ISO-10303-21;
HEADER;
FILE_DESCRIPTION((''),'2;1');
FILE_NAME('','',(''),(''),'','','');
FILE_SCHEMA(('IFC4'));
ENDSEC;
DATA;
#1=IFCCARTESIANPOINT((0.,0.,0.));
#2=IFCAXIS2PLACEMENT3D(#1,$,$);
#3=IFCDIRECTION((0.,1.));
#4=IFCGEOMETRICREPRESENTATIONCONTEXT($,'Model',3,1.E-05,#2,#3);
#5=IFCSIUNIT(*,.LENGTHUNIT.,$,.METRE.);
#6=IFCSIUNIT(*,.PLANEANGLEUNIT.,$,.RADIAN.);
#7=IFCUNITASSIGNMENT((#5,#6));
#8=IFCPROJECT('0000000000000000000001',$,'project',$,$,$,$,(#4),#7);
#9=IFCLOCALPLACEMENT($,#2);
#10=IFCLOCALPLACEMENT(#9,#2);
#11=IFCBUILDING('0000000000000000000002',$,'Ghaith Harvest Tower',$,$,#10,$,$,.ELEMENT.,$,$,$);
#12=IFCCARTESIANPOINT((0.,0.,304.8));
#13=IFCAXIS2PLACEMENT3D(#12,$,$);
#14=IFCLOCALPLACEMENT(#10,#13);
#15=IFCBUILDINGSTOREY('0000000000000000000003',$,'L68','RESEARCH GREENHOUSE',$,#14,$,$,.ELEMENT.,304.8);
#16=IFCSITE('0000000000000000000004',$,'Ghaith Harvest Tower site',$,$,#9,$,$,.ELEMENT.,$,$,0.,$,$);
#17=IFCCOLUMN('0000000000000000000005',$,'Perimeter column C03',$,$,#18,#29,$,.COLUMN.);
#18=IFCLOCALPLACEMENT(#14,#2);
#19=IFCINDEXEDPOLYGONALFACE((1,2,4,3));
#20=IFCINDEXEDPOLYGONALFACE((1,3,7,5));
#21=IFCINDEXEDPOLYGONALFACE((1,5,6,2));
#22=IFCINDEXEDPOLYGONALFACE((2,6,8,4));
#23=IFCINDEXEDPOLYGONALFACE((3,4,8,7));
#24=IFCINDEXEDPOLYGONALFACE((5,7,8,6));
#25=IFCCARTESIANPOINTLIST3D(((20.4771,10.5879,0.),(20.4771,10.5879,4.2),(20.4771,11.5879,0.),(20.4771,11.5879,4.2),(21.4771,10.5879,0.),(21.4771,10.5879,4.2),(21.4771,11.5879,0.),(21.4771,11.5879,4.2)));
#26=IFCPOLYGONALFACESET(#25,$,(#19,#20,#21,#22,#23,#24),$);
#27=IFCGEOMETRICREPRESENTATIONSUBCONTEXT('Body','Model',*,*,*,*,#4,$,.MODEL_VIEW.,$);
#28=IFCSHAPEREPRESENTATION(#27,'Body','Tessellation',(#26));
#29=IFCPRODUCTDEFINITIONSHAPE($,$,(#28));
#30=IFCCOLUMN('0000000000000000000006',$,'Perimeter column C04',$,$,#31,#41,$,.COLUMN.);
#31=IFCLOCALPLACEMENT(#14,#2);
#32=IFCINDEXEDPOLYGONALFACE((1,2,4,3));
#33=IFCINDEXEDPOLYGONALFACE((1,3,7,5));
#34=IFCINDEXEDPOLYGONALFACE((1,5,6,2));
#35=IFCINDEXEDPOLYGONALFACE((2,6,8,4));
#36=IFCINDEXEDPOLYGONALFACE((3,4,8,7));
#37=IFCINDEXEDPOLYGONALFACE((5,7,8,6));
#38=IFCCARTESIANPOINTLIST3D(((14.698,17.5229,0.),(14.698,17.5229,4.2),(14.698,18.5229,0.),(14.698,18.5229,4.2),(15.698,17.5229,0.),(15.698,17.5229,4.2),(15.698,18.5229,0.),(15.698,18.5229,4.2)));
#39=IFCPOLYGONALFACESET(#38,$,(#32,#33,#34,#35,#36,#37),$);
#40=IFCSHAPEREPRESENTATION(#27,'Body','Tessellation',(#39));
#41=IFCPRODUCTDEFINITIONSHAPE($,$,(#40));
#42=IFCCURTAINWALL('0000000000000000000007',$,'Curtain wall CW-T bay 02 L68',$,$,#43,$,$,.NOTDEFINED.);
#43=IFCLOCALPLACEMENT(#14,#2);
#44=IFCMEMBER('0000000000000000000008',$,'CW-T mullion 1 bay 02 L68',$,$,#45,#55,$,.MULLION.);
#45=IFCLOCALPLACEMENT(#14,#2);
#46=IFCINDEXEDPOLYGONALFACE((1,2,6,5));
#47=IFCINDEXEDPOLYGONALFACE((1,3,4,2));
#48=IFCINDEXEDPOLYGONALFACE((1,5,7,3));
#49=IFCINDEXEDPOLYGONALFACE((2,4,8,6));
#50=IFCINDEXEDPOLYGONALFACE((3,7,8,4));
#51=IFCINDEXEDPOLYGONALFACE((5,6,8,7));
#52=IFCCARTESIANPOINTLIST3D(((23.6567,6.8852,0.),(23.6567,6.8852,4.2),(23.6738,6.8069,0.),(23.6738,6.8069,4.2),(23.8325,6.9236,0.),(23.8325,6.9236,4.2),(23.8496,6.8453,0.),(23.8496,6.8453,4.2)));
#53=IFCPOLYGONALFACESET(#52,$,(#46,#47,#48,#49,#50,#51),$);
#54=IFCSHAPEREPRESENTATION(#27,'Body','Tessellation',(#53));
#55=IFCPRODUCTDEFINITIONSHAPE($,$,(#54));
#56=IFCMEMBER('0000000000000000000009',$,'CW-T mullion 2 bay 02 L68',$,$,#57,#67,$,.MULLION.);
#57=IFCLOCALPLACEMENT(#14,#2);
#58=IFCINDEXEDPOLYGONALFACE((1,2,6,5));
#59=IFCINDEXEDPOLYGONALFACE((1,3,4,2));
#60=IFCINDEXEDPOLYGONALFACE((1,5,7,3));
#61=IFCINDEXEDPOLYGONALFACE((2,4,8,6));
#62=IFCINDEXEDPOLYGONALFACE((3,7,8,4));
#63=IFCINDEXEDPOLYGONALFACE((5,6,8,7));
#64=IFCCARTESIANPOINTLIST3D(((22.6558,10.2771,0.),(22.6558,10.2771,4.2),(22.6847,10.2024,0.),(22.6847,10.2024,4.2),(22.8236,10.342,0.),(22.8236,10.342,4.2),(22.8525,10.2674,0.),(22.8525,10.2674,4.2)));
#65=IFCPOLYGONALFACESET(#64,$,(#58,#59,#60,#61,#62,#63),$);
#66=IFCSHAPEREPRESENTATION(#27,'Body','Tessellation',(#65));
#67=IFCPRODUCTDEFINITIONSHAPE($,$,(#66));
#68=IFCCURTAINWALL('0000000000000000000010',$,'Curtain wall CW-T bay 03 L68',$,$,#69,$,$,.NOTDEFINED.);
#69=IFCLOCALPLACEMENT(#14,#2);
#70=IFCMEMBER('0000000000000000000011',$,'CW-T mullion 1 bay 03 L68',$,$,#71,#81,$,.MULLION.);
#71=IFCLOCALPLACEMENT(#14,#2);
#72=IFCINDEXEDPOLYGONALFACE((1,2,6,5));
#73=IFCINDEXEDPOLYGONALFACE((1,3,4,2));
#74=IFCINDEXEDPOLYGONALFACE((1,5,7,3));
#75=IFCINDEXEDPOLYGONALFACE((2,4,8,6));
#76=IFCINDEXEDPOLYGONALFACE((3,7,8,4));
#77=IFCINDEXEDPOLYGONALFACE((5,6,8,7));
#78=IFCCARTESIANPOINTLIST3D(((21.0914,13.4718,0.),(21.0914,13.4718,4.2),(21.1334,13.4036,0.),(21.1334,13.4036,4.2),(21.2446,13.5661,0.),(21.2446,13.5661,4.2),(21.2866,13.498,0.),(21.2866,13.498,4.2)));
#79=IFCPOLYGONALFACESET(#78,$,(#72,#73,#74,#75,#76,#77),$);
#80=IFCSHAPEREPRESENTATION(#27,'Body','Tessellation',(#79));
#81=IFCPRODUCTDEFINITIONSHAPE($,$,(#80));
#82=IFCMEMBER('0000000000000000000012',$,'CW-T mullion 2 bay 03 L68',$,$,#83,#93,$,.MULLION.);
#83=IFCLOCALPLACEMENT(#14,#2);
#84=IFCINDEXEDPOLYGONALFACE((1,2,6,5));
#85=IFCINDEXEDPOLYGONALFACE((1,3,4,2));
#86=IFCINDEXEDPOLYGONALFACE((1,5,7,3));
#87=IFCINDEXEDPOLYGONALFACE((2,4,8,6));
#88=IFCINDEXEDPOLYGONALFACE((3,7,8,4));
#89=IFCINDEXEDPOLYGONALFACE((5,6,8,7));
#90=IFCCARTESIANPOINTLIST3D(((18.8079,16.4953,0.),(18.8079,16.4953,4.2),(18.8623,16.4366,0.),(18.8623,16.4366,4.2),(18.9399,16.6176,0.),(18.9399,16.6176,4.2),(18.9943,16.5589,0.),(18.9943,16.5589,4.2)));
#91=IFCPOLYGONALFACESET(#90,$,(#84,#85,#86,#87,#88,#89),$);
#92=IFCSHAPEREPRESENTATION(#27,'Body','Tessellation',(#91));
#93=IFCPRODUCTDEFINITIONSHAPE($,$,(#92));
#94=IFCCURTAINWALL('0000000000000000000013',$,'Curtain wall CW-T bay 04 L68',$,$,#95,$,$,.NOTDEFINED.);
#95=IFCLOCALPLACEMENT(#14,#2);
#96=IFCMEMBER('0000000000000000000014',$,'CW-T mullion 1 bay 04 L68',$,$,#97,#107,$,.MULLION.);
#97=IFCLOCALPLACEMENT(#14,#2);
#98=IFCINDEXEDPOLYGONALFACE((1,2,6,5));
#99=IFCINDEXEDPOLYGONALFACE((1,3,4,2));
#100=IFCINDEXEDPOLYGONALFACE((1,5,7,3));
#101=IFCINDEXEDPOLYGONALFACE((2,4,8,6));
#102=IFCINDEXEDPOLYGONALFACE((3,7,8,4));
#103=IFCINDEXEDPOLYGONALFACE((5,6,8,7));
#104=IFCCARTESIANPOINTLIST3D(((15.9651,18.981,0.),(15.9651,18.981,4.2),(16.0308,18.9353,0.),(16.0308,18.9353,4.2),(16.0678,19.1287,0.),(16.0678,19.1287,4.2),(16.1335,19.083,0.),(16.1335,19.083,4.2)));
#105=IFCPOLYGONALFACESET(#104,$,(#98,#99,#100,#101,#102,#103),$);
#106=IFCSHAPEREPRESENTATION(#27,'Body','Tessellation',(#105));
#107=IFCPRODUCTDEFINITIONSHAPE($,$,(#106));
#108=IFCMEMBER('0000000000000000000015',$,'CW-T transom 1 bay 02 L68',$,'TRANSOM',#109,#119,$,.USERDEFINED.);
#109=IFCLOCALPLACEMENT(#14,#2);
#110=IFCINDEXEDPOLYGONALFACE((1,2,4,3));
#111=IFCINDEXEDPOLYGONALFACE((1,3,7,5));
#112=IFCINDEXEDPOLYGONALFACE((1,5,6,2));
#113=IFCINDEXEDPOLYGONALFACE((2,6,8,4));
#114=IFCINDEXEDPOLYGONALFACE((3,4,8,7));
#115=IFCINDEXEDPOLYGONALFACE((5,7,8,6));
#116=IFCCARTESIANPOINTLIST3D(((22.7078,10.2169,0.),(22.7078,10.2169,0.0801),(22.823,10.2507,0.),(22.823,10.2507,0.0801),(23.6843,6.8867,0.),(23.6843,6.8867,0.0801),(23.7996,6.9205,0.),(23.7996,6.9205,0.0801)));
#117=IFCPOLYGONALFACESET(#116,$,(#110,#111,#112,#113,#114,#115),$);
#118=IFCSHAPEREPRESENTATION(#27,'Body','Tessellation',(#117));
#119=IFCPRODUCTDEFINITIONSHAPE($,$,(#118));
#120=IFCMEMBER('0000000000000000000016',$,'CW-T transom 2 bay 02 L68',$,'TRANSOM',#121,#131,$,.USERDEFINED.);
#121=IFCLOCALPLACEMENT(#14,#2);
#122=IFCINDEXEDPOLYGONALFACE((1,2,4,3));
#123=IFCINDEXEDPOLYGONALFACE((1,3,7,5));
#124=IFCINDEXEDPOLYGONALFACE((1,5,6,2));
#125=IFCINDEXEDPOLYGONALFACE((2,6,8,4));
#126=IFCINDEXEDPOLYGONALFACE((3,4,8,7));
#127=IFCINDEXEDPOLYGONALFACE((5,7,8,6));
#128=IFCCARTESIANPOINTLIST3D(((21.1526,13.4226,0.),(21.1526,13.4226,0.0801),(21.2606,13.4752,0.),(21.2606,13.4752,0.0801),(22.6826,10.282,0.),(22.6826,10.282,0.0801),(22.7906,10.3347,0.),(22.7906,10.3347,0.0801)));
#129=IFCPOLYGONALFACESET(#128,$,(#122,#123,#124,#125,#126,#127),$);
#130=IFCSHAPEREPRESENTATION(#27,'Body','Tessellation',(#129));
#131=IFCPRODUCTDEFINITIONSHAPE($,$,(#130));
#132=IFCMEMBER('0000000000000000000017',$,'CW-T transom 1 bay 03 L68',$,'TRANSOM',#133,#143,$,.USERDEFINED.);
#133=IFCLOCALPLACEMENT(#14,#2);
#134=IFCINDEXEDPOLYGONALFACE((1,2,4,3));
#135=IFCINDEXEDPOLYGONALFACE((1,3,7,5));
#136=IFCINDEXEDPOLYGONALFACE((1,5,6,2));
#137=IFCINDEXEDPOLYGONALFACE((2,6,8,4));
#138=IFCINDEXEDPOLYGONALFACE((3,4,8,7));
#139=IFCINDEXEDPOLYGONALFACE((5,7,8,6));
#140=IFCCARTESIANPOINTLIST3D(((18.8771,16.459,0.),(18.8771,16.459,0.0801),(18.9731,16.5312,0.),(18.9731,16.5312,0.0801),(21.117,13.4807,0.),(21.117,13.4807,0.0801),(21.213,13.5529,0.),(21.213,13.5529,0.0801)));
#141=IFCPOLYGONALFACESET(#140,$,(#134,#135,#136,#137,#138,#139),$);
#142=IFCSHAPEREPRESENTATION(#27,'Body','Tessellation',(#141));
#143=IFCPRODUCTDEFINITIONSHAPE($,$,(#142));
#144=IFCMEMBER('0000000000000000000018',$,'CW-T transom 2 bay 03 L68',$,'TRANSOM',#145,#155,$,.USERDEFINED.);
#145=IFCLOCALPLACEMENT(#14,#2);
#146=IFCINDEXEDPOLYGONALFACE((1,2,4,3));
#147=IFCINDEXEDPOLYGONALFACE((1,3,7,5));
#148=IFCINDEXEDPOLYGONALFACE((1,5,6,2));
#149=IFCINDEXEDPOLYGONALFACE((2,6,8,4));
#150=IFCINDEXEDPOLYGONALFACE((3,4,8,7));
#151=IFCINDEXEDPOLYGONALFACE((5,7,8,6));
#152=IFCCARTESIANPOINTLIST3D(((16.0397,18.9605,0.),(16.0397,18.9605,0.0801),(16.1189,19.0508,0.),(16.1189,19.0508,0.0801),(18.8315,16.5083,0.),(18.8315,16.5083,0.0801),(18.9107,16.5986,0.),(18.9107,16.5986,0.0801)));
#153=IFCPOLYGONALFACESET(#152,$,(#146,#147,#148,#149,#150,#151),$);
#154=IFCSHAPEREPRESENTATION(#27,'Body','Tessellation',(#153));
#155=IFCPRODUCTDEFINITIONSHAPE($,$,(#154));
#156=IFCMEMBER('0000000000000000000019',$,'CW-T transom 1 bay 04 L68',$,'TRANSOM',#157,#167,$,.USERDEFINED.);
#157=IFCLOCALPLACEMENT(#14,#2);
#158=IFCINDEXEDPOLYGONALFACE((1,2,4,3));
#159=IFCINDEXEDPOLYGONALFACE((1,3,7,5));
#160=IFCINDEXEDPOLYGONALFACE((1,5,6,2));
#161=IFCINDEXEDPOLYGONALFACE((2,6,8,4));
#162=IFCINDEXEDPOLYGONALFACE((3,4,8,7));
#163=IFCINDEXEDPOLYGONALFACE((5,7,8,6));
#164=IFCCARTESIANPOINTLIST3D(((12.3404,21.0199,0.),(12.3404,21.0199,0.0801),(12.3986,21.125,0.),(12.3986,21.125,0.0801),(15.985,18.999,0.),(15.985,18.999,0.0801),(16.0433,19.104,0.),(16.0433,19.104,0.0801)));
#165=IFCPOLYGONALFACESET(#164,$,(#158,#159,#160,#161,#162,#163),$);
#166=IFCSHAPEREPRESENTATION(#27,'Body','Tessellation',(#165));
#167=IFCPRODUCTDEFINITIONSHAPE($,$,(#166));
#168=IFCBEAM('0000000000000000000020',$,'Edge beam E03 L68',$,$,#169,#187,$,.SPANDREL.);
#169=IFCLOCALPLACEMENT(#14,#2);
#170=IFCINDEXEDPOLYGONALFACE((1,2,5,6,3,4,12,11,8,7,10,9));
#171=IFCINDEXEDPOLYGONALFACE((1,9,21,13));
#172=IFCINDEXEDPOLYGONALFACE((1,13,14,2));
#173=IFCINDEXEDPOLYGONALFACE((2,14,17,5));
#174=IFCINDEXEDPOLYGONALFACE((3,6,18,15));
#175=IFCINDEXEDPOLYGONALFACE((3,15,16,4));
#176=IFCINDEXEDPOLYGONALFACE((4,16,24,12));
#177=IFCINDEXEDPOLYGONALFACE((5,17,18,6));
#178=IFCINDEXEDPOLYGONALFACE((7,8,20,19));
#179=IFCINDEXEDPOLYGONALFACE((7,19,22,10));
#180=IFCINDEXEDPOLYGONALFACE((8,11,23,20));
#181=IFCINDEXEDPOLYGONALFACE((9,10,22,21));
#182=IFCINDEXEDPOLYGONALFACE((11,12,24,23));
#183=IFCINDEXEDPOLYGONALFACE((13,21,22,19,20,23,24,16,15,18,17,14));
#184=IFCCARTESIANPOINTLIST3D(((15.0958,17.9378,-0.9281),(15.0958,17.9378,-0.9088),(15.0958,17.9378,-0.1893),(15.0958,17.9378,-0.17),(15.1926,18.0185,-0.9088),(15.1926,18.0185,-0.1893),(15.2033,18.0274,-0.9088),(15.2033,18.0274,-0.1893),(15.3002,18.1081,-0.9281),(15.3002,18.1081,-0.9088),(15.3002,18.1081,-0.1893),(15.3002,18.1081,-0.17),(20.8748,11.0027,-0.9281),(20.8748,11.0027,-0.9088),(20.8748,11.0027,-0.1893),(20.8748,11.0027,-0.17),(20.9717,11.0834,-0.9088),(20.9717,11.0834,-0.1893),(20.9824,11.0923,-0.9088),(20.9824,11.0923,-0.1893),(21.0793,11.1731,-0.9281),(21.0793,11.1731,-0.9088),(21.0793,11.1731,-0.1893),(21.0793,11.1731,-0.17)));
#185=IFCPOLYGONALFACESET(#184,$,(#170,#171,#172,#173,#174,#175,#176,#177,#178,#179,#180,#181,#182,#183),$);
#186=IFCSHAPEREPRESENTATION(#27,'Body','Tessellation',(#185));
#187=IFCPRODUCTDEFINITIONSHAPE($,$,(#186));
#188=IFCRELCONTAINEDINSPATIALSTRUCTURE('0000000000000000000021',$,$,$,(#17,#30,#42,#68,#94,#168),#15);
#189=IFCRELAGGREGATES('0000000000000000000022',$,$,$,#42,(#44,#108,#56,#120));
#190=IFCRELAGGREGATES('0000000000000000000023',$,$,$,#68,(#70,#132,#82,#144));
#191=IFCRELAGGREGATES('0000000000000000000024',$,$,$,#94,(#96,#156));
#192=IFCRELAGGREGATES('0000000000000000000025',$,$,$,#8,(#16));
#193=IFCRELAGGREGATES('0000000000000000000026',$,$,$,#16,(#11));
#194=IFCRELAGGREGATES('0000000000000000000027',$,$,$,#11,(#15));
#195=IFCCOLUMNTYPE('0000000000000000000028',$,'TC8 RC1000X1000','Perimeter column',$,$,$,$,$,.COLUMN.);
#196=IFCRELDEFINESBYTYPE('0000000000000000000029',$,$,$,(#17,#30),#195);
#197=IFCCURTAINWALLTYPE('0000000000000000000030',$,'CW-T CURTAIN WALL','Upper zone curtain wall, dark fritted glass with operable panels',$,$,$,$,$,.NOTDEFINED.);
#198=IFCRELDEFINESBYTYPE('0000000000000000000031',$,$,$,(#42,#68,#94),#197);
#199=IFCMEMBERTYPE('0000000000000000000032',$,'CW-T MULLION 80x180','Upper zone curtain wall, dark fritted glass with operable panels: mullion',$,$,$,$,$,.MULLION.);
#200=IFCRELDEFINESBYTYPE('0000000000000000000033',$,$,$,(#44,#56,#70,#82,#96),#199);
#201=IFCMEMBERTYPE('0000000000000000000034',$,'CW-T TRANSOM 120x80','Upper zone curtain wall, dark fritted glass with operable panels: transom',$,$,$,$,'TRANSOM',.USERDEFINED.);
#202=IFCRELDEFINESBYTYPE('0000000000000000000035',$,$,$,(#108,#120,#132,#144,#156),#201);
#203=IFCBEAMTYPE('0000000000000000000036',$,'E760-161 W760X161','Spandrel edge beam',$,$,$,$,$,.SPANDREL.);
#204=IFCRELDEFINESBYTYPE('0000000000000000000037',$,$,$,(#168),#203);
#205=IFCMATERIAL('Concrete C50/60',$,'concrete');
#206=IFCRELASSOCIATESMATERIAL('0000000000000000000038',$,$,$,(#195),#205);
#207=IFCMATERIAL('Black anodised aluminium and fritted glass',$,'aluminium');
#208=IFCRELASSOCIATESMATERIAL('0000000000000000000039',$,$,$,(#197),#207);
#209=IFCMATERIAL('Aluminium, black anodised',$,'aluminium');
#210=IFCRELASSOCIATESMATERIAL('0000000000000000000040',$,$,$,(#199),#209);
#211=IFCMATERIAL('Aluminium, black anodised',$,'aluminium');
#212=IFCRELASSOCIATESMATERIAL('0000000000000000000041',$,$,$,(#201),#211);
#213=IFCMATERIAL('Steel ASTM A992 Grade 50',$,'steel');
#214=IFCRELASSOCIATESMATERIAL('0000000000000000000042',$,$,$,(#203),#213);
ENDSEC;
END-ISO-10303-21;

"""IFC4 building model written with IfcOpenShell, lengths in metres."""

from ifc_helpers import new_model, si_unit, direction, frame, origin, origin_2d, place, context, subcontext, project, spatial, rectangle, i_section, extrude, material, material_profile, profile_set, type_object, element, aggregate, save


model = new_model("IFC4")

# Units and contexts
model_context = context("Model", 3, precision=1e-05, world=origin(), true_north=direction((0.0, 1.0)))
body_context = subcontext(model_context, "Body", "Model", "MODEL_VIEW")
ifc_project = project(units=[si_unit("LENGTHUNIT", "METRE"), si_unit("PLANEANGLEUNIT", "RADIAN")], contexts=[model_context])

# Site, building, storey
site_placement = place(None, origin())
site = spatial("IfcSite", under=ifc_project, at=site_placement, Name="Ghaith Harvest Tower site", CompositionType="ELEMENT", RefElevation=0.0)
building_placement = place(site_placement, origin())
building = spatial("IfcBuilding", under=site, at=building_placement, Name="Ghaith Harvest Tower", CompositionType="ELEMENT")
storey_placement = place(building_placement, frame((0.0, 0.0, 304.8)))
storey = spatial("IfcBuildingStorey", under=building, at=storey_placement, Name="L68", Description="RESEARCH GREENHOUSE", CompositionType="ELEMENT", Elevation=304.8)

# Columns
ifc_material_1 = material(Name="Concrete C50/60", Category="concrete")
ifc_material_profile_1 = material_profile(ifc_material_1, rectangle(XDim=1.0, YDim=1.0, at=origin_2d()), Name="RC1000X1000")
ifc_profile_set_1 = profile_set([ifc_material_profile_1], Name="Concrete C50/60")
column_type = type_object("IfcColumnType", Name="TC8 RC1000X1000", Description="Perimeter column", PredefinedType="COLUMN", material=ifc_profile_set_1)
for number, where, z_axis, x_axis, name in (
    (1, (20.9771, 11.0879, 0.0), (0.0, 0.0, 1.0), (1.0, 0.0, 0.0), "Perimeter column C03"),
    (2, (15.198, 18.0229, 0.0), (0.0, 0.0, 1.0), (1.0, 0.0, 0.0), "Perimeter column C04"),
):
    element("IfcColumn", number, at=place(storey_placement, frame(where, z_axis=z_axis, x_axis=x_axis)), inside=storey, type_object=column_type, Name=name, PredefinedType="COLUMN", context=body_context, shape_type="SweptSolid", body=[
        extrude(rectangle(XDim=1.0, YDim=1.0, at=origin_2d()), origin(), (0.0, 0.0, 1.0), 4.2),
    ])

# Curtain walls, members
ifc_material_2 = material(Name="Black anodised aluminium and fritted glass", Category="aluminium")
curtain_wall_type = type_object("IfcCurtainWallType", Name="CW-T CURTAIN WALL", Description="Upper zone curtain wall, dark fritted glass with operable panels", PredefinedType="NOTDEFINED", material=ifc_material_2)
curtain_wall_1_placement = place(storey_placement, origin())
curtain_wall_1 = element("IfcCurtainWall", 3, at=curtain_wall_1_placement, inside=storey, type_object=curtain_wall_type, Name="Curtain wall CW-T bay 02 L68", PredefinedType="NOTDEFINED")
ifc_material_3 = material(Name="Aluminium, black anodised", Category="aluminium")
ifc_material_profile_2 = material_profile(ifc_material_3, rectangle(XDim=0.0801, YDim=0.1799, at=origin_2d()), Name="CW-T MULLION 80x180")
ifc_profile_set_2 = profile_set([ifc_material_profile_2], Name="Aluminium, black anodised")
member_type_1 = type_object("IfcMemberType", Name="CW-T MULLION 80x180", Description="Upper zone curtain wall, dark fritted glass with operable panels: mullion", PredefinedType="MULLION", material=ifc_profile_set_2)
member_1_placement = place(storey_placement, frame((23.7532, 6.8652, 0.0), z_axis=(0.0, 0.0, 1.0), x_axis=(-0.213402, 0.976964, 0.0)))
member_1 = element("IfcMember", 4, at=member_1_placement, type_object=member_type_1, Name="CW-T mullion 1 bay 02 L68", PredefinedType="MULLION", context=body_context, shape_type="SweptSolid", body=[
    extrude(rectangle(XDim=0.0801, YDim=0.1799, at=origin_2d()), origin(), (0.0, 0.0, 1.0), 4.2),
])
member_2_placement = place(storey_placement, frame((22.7542, 10.2722, 0.0), z_axis=(0.0, 0.0, 1.0), x_axis=(-0.361184, 0.932494, 0.0)))
member_2 = element("IfcMember", 5, at=member_2_placement, type_object=member_type_1, Name="CW-T mullion 2 bay 02 L68", PredefinedType="MULLION", context=body_context, shape_type="SweptSolid", body=[
    extrude(rectangle(XDim=0.0801, YDim=0.1799, at=origin_2d()), origin(), (0.0, 0.0, 1.0), 4.2),
])
curtain_wall_2_placement = place(storey_placement, origin())
curtain_wall_2 = element("IfcCurtainWall", 6, at=curtain_wall_2_placement, inside=storey, type_object=curtain_wall_type, Name="Curtain wall CW-T bay 03 L68", PredefinedType="NOTDEFINED")
member_3_placement = place(storey_placement, frame((21.189, 13.4849, 0.0), z_axis=(0.0, 0.0, 1.0), x_axis=(-0.524482, 0.851421, 0.0)))
member_3 = element("IfcMember", 7, at=member_3_placement, type_object=member_type_1, Name="CW-T mullion 1 bay 03 L68", PredefinedType="MULLION", context=body_context, shape_type="SweptSolid", body=[
    extrude(rectangle(XDim=0.0801, YDim=0.1799, at=origin_2d()), origin(), (0.0, 0.0, 1.0), 4.2),
])
member_4_placement = place(storey_placement, frame((18.9011, 16.5271, 0.0), z_axis=(0.0, 0.0, 1.0), x_axis=(-0.679661, 0.733526, 0.0)))
member_4 = element("IfcMember", 8, at=member_4_placement, type_object=member_type_1, Name="CW-T mullion 2 bay 03 L68", PredefinedType="MULLION", context=body_context, shape_type="SweptSolid", body=[
    extrude(rectangle(XDim=0.0801, YDim=0.1799, at=origin_2d()), origin(), (0.0, 0.0, 1.0), 4.2),
])

# Curtain wall, member
curtain_wall_3_placement = place(storey_placement, origin())
curtain_wall_3 = element("IfcCurtainWall", 9, at=curtain_wall_3_placement, inside=storey, type_object=curtain_wall_type, Name="Curtain wall CW-T bay 04 L68", PredefinedType="NOTDEFINED")
member_5_placement = place(storey_placement, frame((16.0493, 19.032, 0.0), z_axis=(0.0, 0.0, 1.0), x_axis=(-0.821112, 0.570767, 0.0)))
member_5 = element("IfcMember", 10, at=member_5_placement, type_object=member_type_1, Name="CW-T mullion 1 bay 04 L68", PredefinedType="MULLION", context=body_context, shape_type="SweptSolid", body=[
    extrude(rectangle(XDim=0.0801, YDim=0.1799, at=origin_2d()), origin(), (0.0, 0.0, 1.0), 4.2),
])

# Members
ifc_material_4 = material(Name="Aluminium, black anodised", Category="aluminium")
ifc_material_profile_3 = material_profile(ifc_material_4, rectangle(XDim=0.1201, YDim=0.0801, at=origin_2d()), Name="CW-T TRANSOM 120x80")
ifc_profile_set_3 = profile_set([ifc_material_profile_3], Name="Aluminium, black anodised")
member_type_2 = type_object("IfcMemberType", Name="CW-T TRANSOM 120x80", Description="Upper zone curtain wall, dark fritted glass with operable panels: transom", ElementType="TRANSOM", PredefinedType="USERDEFINED", material=ifc_profile_set_3)
member_6_placement = place(storey_placement, frame((23.7419, 6.9036, 0.04), z_axis=(-0.281385, 0.959595, 0.0), x_axis=(-0.959595, -0.281385, 0.0)))
member_6 = element("IfcMember", 11, at=member_6_placement, type_object=member_type_2, Name="CW-T transom 1 bay 02 L68", ObjectType="TRANSOM", PredefinedType="USERDEFINED", context=body_context, shape_type="SweptSolid", body=[
    extrude(rectangle(XDim=0.1201, YDim=0.0801, at=origin_2d()), origin(), (0.0, 0.0, 1.0), 3.4705),
])
member_7_placement = place(storey_placement, frame((22.7366, 10.3083, 0.04), z_axis=(-0.437965, 0.898992, 0.0), x_axis=(-0.898992, -0.437965, 0.0)))
member_7 = element("IfcMember", 12, at=member_7_placement, type_object=member_type_2, Name="CW-T transom 2 bay 02 L68", ObjectType="TRANSOM", PredefinedType="USERDEFINED", context=body_context, shape_type="SweptSolid", body=[
    extrude(rectangle(XDim=0.1201, YDim=0.0801, at=origin_2d()), origin(), (0.0, 0.0, 1.0), 3.4934),
])
member_8_placement = place(storey_placement, frame((21.165, 13.5168, 0.04), z_axis=(-0.601079, 0.79919, 0.0), x_axis=(-0.79919, -0.601079, 0.0)))
member_8 = element("IfcMember", 13, at=member_8_placement, type_object=member_type_2, Name="CW-T transom 1 bay 03 L68", ObjectType="TRANSOM", PredefinedType="USERDEFINED", context=body_context, shape_type="SweptSolid", body=[
    extrude(rectangle(XDim=0.1201, YDim=0.0801, at=origin_2d()), origin(), (0.0, 0.0, 1.0), 3.7266),
])
member_9_placement = place(storey_placement, frame((18.8711, 16.5535, 0.04), z_axis=(-0.751326, 0.659931, 0.0), x_axis=(-0.659931, -0.751326, 0.0)))
member_9 = element("IfcMember", 14, at=member_9_placement, type_object=member_type_2, Name="CW-T transom 2 bay 03 L68", ObjectType="TRANSOM", PredefinedType="USERDEFINED", context=body_context, shape_type="SweptSolid", body=[
    extrude(rectangle(XDim=0.1201, YDim=0.0801, at=origin_2d()), origin(), (0.0, 0.0, 1.0), 3.7158),
])
member_10_placement = place(storey_placement, frame((16.0142, 19.0515, 0.04), z_axis=(-0.874552, 0.484932, 0.0), x_axis=(-0.484932, -0.874552, 0.0)))
member_10 = element("IfcMember", 15, at=member_10_placement, type_object=member_type_2, Name="CW-T transom 1 bay 04 L68", ObjectType="TRANSOM", PredefinedType="USERDEFINED", context=body_context, shape_type="SweptSolid", body=[
    extrude(rectangle(XDim=0.1201, YDim=0.0801, at=origin_2d()), origin(), (0.0, 0.0, 1.0), 4.1675),
])

# Beam
ifc_material_5 = material(Name="Steel ASTM A992 Grade 50", Category="steel")
ifc_material_profile_4 = material_profile(ifc_material_5, i_section(OverallWidth=0.2661, OverallDepth=0.7581, WebThickness=0.0139, FlangeThickness=0.0193, at=origin_2d()), Name="W760X161")
ifc_profile_set_4 = profile_set([ifc_material_profile_4], Name="Steel ASTM A992 Grade 50")
beam_type_1 = type_object("IfcBeamType", Name="E760-161 W760X161", Description="Spandrel edge beam", PredefinedType="SPANDREL", material=ifc_profile_set_4)
beam_1_placement = place(storey_placement, frame((20.9771, 11.0879, -0.5491), z_axis=(-0.640174, 0.76823, 0.0), x_axis=(-0.76823, -0.640174, 0.0)))
element("IfcBeam", 16, at=beam_1_placement, inside=storey, type_object=beam_type_1, Name="Edge beam E03 L68", PredefinedType="SPANDREL", context=body_context, shape_type="SweptSolid", body=[
    extrude(i_section(OverallWidth=0.2661, OverallDepth=0.7581, WebThickness=0.0139, FlangeThickness=0.0193, at=origin_2d()), origin(), (0.0, 0.0, 1.0), 9.0273),
])

aggregate(curtain_wall_1, [member_1, member_6, member_2, member_7])
aggregate(curtain_wall_2, [member_3, member_8, member_4, member_9])
aggregate(curtain_wall_3, [member_5, member_10])

save(model, "model.ifc")
